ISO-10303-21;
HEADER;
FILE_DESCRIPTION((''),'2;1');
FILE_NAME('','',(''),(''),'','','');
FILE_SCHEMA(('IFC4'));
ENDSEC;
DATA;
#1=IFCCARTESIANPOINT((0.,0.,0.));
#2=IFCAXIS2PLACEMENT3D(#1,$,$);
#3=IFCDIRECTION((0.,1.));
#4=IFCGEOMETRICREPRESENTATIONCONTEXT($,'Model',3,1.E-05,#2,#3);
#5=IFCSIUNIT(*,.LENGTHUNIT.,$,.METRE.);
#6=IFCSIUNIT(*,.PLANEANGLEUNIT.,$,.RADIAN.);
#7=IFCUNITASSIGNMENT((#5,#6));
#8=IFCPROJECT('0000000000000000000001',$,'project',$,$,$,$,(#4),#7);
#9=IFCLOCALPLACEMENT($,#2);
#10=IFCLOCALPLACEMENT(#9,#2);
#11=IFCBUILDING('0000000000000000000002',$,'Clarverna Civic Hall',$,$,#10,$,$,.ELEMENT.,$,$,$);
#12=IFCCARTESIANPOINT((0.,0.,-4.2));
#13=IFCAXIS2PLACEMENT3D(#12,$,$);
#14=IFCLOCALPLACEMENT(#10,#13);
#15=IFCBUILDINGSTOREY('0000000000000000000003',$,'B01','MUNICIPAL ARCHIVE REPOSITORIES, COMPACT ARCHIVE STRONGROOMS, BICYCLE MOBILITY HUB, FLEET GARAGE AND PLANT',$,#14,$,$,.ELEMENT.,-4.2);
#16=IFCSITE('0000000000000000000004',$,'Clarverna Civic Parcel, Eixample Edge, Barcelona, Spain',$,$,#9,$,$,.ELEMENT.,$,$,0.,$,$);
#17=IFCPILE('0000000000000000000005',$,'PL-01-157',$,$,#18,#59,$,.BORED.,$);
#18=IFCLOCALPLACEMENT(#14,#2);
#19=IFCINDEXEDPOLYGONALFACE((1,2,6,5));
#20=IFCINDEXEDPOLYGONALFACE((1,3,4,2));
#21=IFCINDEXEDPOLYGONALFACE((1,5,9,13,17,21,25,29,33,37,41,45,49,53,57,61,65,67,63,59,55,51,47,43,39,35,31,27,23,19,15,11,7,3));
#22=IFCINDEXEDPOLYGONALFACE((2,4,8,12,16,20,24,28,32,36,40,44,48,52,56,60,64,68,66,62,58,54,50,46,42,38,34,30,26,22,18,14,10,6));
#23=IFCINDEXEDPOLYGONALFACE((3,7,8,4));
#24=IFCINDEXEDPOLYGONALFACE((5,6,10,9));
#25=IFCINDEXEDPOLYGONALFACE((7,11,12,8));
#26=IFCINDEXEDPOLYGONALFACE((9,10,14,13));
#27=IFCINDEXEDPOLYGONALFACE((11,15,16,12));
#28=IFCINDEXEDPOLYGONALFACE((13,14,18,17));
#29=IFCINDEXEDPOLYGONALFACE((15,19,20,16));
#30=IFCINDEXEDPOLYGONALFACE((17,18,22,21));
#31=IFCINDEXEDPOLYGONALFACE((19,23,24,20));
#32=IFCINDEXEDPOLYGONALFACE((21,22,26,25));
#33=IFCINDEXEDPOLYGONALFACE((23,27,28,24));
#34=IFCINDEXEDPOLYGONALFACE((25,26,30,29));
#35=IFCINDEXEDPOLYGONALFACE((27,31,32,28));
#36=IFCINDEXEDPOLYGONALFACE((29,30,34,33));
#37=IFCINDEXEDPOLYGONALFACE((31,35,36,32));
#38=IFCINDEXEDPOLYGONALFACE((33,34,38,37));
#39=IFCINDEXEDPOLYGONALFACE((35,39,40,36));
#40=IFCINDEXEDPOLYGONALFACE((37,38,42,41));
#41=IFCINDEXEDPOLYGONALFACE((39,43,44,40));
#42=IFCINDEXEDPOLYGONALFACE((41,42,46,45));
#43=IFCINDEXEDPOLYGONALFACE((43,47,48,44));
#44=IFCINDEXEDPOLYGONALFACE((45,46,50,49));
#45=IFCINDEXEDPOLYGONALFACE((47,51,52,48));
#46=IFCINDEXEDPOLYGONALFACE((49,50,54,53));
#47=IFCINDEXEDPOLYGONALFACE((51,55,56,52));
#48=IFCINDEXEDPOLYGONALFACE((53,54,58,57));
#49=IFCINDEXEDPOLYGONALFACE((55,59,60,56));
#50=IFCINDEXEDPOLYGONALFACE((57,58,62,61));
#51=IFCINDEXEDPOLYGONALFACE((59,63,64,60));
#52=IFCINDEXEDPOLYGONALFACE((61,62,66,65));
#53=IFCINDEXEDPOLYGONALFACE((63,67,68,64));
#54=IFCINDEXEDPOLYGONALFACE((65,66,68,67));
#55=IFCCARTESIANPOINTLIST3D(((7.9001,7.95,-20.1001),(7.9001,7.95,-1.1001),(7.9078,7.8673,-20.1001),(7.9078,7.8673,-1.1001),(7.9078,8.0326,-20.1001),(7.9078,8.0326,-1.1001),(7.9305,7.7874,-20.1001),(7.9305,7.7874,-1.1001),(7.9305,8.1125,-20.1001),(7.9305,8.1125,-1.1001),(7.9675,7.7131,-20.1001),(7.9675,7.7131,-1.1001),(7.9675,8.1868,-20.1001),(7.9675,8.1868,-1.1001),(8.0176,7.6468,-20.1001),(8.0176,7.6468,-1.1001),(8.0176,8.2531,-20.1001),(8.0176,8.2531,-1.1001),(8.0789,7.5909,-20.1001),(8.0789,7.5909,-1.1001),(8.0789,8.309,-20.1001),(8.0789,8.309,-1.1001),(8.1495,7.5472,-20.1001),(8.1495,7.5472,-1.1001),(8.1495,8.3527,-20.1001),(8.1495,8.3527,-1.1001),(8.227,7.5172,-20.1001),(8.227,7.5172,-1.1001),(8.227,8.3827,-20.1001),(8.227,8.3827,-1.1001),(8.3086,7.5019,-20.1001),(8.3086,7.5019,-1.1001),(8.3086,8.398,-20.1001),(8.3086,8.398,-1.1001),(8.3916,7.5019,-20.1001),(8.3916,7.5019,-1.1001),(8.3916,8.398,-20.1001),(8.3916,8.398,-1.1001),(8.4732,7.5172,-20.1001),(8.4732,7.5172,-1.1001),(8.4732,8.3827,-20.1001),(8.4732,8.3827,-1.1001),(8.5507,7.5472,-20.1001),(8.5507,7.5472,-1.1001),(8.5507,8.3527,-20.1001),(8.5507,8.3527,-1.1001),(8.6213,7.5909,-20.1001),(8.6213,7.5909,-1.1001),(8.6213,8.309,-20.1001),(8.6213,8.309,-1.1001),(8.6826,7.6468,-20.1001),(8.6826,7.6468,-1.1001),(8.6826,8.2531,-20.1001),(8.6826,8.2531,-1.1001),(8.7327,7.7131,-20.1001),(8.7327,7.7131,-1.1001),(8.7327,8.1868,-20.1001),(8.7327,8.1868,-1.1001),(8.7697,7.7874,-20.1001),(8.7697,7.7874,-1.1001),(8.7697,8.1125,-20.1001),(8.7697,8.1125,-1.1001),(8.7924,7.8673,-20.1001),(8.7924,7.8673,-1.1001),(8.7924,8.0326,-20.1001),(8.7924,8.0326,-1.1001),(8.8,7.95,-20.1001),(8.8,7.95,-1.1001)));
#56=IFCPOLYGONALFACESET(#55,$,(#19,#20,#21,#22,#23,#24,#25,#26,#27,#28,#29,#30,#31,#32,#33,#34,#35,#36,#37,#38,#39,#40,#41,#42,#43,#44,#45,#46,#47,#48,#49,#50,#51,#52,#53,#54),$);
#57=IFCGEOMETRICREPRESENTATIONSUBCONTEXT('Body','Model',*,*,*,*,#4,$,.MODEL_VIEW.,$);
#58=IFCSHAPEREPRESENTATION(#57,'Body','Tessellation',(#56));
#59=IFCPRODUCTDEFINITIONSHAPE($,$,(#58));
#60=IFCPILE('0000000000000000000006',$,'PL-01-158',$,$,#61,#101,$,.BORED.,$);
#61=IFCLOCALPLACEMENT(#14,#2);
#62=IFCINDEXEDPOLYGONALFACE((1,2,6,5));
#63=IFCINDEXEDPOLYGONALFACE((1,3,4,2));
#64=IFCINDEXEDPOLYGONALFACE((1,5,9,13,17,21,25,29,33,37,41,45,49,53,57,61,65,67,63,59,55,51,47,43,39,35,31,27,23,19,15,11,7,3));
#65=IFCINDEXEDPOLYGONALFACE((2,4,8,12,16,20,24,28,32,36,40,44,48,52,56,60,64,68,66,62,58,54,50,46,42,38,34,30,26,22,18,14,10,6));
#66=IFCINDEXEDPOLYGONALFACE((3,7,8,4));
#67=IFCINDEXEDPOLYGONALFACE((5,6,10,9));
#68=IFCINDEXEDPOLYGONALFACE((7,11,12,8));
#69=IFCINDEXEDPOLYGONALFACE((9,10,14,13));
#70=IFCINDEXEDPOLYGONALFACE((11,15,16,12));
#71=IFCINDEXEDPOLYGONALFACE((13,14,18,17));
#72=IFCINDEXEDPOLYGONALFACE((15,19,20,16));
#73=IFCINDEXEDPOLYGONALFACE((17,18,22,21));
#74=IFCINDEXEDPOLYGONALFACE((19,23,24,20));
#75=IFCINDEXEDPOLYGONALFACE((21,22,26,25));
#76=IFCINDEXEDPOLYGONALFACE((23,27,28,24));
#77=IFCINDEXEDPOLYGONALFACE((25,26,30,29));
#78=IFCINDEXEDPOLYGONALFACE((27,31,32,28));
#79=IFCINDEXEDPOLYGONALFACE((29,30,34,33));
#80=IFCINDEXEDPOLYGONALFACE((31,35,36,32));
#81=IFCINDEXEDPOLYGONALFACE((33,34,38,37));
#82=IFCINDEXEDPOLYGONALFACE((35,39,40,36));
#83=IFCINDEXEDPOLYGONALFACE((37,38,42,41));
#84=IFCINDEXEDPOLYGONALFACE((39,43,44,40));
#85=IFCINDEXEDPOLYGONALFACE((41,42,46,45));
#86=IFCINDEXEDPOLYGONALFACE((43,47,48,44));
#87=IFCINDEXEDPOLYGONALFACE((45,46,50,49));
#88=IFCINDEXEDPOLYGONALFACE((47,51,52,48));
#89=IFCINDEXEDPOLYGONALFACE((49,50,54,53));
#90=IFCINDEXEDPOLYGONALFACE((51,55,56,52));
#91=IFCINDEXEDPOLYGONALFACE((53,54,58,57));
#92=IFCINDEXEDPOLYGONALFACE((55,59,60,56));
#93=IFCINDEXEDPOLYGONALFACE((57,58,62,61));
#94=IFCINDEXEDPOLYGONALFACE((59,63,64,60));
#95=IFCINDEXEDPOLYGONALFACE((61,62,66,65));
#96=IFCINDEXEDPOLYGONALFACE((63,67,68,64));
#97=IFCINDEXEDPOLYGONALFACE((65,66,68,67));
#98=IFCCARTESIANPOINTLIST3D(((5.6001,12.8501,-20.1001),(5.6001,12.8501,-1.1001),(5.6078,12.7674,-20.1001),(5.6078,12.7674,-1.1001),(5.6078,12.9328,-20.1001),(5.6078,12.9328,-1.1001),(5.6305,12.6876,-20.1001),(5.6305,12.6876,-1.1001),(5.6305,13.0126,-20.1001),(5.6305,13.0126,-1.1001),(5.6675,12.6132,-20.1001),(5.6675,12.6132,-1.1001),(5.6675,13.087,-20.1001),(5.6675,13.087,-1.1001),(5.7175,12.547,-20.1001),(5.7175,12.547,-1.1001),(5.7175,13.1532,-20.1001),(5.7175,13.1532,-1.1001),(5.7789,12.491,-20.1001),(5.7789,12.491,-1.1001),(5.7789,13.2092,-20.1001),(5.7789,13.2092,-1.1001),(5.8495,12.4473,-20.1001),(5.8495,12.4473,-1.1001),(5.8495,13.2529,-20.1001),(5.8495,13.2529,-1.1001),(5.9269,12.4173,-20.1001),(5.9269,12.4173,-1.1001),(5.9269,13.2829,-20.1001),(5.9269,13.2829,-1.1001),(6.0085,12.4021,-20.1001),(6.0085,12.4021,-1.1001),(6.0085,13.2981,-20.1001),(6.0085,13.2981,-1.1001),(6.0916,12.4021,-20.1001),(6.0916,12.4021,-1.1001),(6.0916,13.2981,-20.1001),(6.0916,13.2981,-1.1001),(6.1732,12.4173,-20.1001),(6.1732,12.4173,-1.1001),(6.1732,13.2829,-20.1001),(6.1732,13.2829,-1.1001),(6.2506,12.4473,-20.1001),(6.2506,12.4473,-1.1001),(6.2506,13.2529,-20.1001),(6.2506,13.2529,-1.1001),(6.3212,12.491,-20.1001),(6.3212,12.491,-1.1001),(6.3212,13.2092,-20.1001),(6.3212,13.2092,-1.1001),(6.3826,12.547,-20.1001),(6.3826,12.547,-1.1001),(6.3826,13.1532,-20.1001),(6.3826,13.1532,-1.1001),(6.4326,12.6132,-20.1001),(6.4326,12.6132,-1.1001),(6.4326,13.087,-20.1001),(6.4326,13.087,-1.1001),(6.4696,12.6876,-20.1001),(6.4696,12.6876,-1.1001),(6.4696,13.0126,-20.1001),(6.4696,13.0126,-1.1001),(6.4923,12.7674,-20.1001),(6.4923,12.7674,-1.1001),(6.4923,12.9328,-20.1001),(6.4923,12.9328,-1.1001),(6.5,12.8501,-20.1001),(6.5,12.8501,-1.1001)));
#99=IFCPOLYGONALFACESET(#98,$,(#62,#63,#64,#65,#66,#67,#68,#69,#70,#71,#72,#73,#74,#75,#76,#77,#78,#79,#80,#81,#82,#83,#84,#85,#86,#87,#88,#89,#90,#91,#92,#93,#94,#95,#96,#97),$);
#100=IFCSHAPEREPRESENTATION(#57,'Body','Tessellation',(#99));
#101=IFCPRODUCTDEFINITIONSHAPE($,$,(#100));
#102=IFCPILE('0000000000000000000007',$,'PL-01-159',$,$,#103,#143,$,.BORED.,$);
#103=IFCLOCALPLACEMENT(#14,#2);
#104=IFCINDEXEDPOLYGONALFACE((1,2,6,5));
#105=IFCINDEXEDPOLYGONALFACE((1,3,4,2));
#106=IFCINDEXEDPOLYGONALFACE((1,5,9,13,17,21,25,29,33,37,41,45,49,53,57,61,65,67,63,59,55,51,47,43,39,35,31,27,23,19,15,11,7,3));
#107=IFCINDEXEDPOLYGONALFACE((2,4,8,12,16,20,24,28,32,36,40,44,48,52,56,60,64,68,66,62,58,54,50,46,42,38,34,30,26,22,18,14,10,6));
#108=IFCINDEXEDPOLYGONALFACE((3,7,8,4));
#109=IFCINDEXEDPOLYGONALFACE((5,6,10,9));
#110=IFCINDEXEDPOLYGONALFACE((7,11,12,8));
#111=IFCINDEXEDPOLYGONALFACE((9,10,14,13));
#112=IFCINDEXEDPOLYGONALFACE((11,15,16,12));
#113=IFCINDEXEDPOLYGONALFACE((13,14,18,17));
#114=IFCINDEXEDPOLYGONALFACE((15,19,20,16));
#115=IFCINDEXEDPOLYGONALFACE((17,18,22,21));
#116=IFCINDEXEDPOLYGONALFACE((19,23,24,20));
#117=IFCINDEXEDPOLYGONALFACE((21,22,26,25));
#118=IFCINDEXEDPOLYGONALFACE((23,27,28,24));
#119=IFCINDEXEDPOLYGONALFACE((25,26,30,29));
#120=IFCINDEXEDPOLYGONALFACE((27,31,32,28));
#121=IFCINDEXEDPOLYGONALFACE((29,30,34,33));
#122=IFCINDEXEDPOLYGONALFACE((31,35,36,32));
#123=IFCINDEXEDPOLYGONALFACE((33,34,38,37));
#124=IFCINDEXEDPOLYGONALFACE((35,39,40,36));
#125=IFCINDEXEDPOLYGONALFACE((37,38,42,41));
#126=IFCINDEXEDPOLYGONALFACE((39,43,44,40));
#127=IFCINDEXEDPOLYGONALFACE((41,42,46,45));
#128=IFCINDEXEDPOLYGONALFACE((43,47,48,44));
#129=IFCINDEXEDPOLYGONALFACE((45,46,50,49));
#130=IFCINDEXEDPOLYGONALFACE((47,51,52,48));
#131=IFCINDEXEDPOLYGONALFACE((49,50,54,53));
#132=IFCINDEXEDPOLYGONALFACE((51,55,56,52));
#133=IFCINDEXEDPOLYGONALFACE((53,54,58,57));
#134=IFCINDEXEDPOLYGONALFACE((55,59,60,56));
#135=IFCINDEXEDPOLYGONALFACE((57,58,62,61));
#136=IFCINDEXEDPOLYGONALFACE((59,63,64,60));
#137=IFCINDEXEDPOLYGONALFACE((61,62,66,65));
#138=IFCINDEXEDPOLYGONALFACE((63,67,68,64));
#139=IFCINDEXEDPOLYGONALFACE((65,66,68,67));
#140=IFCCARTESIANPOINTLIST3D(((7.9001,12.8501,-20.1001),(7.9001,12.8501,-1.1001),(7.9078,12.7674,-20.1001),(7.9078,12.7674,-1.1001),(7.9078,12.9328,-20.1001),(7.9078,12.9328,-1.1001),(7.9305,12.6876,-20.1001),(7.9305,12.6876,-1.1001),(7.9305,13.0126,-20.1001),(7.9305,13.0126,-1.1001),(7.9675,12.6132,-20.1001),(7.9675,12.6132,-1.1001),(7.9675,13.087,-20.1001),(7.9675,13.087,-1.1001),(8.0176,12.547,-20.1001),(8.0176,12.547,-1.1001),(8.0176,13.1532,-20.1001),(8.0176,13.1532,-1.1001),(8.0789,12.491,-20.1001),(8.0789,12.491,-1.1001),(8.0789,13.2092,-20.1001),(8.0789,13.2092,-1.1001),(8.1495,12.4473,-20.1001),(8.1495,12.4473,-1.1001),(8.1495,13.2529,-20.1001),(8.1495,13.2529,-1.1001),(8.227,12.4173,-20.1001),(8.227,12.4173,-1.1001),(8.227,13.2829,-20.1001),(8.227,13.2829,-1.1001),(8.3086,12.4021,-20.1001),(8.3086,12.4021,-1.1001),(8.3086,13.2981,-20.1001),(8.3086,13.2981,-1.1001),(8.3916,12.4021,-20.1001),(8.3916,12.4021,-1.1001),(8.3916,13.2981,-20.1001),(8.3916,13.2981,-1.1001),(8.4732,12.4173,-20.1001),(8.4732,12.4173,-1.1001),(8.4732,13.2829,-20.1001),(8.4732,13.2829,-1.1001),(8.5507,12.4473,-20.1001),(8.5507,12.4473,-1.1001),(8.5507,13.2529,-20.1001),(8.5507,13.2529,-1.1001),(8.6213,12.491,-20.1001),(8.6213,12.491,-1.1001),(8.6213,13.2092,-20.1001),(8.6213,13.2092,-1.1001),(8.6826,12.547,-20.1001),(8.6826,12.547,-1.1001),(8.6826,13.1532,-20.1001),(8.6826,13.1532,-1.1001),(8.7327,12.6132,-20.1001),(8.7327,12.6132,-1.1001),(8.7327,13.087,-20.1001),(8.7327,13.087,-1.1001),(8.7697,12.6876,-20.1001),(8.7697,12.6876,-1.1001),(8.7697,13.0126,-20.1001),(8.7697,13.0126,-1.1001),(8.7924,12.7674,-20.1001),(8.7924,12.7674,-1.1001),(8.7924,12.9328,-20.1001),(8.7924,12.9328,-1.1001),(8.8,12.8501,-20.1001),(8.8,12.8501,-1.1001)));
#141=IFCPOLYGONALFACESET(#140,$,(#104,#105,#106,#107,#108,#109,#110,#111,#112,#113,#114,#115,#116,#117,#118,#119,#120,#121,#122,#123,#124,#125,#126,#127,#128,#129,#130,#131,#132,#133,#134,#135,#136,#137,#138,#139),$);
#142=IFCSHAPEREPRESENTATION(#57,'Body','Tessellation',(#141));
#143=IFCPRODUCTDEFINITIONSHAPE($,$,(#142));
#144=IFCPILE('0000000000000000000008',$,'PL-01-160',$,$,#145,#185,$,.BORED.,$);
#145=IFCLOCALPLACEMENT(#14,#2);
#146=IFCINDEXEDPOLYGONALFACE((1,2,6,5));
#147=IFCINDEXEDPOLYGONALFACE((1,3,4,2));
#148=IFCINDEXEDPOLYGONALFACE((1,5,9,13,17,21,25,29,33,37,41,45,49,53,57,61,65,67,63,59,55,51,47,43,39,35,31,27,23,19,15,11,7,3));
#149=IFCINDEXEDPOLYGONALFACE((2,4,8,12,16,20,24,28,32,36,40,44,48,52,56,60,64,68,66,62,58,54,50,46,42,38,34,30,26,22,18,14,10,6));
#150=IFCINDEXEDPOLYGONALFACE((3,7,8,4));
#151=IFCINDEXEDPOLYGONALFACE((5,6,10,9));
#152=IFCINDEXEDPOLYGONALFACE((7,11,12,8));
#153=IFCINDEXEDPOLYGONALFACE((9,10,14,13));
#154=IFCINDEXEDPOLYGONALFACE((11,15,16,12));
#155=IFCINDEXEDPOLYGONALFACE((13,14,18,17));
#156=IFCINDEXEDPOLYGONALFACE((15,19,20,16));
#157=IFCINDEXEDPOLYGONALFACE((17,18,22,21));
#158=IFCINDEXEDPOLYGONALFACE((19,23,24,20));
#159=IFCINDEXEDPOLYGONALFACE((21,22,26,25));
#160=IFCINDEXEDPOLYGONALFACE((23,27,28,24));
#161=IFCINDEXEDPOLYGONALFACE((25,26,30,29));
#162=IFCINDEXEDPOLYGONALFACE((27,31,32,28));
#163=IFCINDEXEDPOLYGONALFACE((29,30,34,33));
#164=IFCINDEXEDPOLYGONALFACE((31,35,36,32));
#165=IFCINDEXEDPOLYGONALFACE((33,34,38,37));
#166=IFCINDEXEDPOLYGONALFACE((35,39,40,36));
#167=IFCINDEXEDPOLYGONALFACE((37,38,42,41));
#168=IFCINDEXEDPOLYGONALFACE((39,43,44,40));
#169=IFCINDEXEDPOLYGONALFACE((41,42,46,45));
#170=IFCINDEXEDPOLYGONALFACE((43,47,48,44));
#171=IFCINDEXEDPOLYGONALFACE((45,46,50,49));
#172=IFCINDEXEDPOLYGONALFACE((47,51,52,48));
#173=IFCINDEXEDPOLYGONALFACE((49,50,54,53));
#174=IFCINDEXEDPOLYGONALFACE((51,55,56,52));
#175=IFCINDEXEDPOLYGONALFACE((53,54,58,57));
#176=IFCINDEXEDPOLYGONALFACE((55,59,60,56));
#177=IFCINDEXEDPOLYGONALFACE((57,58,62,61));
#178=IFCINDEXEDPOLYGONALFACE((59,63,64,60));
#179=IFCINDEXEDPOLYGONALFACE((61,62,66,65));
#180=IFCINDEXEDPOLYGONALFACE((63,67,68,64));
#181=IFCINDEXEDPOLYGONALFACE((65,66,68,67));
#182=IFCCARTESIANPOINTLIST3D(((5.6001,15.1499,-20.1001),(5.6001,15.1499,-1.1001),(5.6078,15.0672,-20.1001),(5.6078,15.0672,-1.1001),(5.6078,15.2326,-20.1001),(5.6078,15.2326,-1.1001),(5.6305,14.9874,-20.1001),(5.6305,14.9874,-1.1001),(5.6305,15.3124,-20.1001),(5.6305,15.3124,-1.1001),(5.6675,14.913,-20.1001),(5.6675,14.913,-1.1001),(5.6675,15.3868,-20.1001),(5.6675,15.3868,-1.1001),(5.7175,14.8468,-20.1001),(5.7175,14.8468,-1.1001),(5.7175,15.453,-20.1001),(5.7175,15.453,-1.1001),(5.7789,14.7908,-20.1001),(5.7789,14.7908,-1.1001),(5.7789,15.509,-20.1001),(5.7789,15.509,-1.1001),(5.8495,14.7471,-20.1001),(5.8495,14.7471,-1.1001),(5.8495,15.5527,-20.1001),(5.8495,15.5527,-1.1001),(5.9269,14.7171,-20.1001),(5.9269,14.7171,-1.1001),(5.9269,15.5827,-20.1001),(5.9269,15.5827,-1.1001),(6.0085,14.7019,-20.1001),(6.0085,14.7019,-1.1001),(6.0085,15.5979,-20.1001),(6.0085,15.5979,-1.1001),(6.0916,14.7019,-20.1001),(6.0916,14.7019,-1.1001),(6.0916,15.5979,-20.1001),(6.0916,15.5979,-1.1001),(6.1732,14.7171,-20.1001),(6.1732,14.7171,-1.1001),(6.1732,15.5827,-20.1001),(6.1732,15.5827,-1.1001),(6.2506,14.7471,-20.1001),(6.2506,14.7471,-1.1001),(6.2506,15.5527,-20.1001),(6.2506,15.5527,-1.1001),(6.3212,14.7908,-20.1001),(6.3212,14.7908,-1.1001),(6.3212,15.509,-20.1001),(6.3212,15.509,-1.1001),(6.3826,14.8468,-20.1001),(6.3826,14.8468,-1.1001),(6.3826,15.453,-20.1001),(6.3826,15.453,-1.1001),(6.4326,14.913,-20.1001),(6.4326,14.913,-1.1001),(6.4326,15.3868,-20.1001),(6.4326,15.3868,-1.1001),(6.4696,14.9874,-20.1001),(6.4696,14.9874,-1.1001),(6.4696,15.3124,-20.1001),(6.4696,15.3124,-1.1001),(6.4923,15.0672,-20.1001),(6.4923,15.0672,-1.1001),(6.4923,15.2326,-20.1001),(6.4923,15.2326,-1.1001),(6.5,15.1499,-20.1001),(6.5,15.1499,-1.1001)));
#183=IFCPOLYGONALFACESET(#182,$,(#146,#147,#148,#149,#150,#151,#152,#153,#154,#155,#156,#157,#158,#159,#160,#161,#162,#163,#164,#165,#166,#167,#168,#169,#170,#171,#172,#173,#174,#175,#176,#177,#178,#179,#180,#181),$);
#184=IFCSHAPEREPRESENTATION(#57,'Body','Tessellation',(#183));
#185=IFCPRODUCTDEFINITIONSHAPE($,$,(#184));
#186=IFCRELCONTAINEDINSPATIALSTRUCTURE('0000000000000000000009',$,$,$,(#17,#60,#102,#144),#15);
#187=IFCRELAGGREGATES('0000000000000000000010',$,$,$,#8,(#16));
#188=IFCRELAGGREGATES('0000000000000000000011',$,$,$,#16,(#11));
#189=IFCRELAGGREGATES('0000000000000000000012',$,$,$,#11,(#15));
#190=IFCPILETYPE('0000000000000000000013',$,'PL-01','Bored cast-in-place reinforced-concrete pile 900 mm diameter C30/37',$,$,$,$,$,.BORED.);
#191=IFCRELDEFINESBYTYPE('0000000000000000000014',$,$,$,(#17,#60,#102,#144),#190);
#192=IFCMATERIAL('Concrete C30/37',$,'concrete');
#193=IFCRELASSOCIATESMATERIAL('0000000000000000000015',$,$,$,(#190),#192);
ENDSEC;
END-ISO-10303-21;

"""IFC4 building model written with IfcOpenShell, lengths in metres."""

from ifc_helpers import new_model, si_unit, direction, frame, origin, origin_2d, place, context, subcontext, project, spatial, circle, extrude, material, material_profile, profile_set, type_object, element, save


model = new_model("IFC4")

# Units and contexts
model_context = context("Model", 3, precision=1e-05, world=origin(), true_north=direction((0.0, 1.0)))
body_context = subcontext(model_context, "Body", "Model", "MODEL_VIEW")
ifc_project = project(units=[si_unit("LENGTHUNIT", "METRE"), si_unit("PLANEANGLEUNIT", "RADIAN")], contexts=[model_context])

# Site, building, storey
site_placement = place(None, origin())
site = spatial("IfcSite", under=ifc_project, at=site_placement, Name="Clarverna Civic Parcel, Eixample Edge, Barcelona, Spain", CompositionType="ELEMENT", RefElevation=0.0)
building_placement = place(site_placement, origin())
building = spatial("IfcBuilding", under=site, at=building_placement, Name="Clarverna Civic Hall", CompositionType="ELEMENT")
storey_placement = place(building_placement, frame((0.0, 0.0, -4.2)))
storey = spatial("IfcBuildingStorey", under=building, at=storey_placement, Name="B01", Description="MUNICIPAL ARCHIVE REPOSITORIES, COMPACT ARCHIVE STRONGROOMS, BICYCLE MOBILITY HUB, FLEET GARAGE AND PLANT", CompositionType="ELEMENT", Elevation=-4.2)

# Shared definitions
ifc_material_1 = material(Name="Concrete C30/37", Category="concrete")

# Piles
ifc_material_profile_1 = material_profile(ifc_material_1, circle(Radius=0.45, at=origin_2d()), Name="BORED PILE D900")
ifc_profile_set_1 = profile_set([ifc_material_profile_1], Name="Concrete C30/37")
pile_type = type_object("IfcPileType", Name="PL-01", Description="Bored cast-in-place reinforced-concrete pile 900 mm diameter C30/37", PredefinedType="BORED", material=ifc_profile_set_1)
for number, where, z_axis, x_axis, name in (
    (1, (8.3501, 7.95, -1.1001), (0.0, 0.0, -1.0), (1.0, 0.0, 0.0), "PL-01-157"),
    (2, (6.05, 12.8501, -1.1001), (0.0, 0.0, -1.0), (1.0, 0.0, 0.0), "PL-01-158"),
    (3, (8.3501, 12.8501, -1.1001), (0.0, 0.0, -1.0), (1.0, 0.0, 0.0), "PL-01-159"),
    (4, (6.05, 15.1499, -1.1001), (0.0, 0.0, -1.0), (1.0, 0.0, 0.0), "PL-01-160"),
):
    element("IfcPile", number, at=place(storey_placement, frame(where, z_axis=z_axis, x_axis=x_axis)), inside=storey, type_object=pile_type, Name=name, PredefinedType="BORED", context=body_context, shape_type="SweptSolid", body=[
        extrude(circle(Radius=0.45, at=origin_2d()), origin(), (0.0, 0.0, 1.0), 19.0),
    ])

save(model, "model.ifc")
